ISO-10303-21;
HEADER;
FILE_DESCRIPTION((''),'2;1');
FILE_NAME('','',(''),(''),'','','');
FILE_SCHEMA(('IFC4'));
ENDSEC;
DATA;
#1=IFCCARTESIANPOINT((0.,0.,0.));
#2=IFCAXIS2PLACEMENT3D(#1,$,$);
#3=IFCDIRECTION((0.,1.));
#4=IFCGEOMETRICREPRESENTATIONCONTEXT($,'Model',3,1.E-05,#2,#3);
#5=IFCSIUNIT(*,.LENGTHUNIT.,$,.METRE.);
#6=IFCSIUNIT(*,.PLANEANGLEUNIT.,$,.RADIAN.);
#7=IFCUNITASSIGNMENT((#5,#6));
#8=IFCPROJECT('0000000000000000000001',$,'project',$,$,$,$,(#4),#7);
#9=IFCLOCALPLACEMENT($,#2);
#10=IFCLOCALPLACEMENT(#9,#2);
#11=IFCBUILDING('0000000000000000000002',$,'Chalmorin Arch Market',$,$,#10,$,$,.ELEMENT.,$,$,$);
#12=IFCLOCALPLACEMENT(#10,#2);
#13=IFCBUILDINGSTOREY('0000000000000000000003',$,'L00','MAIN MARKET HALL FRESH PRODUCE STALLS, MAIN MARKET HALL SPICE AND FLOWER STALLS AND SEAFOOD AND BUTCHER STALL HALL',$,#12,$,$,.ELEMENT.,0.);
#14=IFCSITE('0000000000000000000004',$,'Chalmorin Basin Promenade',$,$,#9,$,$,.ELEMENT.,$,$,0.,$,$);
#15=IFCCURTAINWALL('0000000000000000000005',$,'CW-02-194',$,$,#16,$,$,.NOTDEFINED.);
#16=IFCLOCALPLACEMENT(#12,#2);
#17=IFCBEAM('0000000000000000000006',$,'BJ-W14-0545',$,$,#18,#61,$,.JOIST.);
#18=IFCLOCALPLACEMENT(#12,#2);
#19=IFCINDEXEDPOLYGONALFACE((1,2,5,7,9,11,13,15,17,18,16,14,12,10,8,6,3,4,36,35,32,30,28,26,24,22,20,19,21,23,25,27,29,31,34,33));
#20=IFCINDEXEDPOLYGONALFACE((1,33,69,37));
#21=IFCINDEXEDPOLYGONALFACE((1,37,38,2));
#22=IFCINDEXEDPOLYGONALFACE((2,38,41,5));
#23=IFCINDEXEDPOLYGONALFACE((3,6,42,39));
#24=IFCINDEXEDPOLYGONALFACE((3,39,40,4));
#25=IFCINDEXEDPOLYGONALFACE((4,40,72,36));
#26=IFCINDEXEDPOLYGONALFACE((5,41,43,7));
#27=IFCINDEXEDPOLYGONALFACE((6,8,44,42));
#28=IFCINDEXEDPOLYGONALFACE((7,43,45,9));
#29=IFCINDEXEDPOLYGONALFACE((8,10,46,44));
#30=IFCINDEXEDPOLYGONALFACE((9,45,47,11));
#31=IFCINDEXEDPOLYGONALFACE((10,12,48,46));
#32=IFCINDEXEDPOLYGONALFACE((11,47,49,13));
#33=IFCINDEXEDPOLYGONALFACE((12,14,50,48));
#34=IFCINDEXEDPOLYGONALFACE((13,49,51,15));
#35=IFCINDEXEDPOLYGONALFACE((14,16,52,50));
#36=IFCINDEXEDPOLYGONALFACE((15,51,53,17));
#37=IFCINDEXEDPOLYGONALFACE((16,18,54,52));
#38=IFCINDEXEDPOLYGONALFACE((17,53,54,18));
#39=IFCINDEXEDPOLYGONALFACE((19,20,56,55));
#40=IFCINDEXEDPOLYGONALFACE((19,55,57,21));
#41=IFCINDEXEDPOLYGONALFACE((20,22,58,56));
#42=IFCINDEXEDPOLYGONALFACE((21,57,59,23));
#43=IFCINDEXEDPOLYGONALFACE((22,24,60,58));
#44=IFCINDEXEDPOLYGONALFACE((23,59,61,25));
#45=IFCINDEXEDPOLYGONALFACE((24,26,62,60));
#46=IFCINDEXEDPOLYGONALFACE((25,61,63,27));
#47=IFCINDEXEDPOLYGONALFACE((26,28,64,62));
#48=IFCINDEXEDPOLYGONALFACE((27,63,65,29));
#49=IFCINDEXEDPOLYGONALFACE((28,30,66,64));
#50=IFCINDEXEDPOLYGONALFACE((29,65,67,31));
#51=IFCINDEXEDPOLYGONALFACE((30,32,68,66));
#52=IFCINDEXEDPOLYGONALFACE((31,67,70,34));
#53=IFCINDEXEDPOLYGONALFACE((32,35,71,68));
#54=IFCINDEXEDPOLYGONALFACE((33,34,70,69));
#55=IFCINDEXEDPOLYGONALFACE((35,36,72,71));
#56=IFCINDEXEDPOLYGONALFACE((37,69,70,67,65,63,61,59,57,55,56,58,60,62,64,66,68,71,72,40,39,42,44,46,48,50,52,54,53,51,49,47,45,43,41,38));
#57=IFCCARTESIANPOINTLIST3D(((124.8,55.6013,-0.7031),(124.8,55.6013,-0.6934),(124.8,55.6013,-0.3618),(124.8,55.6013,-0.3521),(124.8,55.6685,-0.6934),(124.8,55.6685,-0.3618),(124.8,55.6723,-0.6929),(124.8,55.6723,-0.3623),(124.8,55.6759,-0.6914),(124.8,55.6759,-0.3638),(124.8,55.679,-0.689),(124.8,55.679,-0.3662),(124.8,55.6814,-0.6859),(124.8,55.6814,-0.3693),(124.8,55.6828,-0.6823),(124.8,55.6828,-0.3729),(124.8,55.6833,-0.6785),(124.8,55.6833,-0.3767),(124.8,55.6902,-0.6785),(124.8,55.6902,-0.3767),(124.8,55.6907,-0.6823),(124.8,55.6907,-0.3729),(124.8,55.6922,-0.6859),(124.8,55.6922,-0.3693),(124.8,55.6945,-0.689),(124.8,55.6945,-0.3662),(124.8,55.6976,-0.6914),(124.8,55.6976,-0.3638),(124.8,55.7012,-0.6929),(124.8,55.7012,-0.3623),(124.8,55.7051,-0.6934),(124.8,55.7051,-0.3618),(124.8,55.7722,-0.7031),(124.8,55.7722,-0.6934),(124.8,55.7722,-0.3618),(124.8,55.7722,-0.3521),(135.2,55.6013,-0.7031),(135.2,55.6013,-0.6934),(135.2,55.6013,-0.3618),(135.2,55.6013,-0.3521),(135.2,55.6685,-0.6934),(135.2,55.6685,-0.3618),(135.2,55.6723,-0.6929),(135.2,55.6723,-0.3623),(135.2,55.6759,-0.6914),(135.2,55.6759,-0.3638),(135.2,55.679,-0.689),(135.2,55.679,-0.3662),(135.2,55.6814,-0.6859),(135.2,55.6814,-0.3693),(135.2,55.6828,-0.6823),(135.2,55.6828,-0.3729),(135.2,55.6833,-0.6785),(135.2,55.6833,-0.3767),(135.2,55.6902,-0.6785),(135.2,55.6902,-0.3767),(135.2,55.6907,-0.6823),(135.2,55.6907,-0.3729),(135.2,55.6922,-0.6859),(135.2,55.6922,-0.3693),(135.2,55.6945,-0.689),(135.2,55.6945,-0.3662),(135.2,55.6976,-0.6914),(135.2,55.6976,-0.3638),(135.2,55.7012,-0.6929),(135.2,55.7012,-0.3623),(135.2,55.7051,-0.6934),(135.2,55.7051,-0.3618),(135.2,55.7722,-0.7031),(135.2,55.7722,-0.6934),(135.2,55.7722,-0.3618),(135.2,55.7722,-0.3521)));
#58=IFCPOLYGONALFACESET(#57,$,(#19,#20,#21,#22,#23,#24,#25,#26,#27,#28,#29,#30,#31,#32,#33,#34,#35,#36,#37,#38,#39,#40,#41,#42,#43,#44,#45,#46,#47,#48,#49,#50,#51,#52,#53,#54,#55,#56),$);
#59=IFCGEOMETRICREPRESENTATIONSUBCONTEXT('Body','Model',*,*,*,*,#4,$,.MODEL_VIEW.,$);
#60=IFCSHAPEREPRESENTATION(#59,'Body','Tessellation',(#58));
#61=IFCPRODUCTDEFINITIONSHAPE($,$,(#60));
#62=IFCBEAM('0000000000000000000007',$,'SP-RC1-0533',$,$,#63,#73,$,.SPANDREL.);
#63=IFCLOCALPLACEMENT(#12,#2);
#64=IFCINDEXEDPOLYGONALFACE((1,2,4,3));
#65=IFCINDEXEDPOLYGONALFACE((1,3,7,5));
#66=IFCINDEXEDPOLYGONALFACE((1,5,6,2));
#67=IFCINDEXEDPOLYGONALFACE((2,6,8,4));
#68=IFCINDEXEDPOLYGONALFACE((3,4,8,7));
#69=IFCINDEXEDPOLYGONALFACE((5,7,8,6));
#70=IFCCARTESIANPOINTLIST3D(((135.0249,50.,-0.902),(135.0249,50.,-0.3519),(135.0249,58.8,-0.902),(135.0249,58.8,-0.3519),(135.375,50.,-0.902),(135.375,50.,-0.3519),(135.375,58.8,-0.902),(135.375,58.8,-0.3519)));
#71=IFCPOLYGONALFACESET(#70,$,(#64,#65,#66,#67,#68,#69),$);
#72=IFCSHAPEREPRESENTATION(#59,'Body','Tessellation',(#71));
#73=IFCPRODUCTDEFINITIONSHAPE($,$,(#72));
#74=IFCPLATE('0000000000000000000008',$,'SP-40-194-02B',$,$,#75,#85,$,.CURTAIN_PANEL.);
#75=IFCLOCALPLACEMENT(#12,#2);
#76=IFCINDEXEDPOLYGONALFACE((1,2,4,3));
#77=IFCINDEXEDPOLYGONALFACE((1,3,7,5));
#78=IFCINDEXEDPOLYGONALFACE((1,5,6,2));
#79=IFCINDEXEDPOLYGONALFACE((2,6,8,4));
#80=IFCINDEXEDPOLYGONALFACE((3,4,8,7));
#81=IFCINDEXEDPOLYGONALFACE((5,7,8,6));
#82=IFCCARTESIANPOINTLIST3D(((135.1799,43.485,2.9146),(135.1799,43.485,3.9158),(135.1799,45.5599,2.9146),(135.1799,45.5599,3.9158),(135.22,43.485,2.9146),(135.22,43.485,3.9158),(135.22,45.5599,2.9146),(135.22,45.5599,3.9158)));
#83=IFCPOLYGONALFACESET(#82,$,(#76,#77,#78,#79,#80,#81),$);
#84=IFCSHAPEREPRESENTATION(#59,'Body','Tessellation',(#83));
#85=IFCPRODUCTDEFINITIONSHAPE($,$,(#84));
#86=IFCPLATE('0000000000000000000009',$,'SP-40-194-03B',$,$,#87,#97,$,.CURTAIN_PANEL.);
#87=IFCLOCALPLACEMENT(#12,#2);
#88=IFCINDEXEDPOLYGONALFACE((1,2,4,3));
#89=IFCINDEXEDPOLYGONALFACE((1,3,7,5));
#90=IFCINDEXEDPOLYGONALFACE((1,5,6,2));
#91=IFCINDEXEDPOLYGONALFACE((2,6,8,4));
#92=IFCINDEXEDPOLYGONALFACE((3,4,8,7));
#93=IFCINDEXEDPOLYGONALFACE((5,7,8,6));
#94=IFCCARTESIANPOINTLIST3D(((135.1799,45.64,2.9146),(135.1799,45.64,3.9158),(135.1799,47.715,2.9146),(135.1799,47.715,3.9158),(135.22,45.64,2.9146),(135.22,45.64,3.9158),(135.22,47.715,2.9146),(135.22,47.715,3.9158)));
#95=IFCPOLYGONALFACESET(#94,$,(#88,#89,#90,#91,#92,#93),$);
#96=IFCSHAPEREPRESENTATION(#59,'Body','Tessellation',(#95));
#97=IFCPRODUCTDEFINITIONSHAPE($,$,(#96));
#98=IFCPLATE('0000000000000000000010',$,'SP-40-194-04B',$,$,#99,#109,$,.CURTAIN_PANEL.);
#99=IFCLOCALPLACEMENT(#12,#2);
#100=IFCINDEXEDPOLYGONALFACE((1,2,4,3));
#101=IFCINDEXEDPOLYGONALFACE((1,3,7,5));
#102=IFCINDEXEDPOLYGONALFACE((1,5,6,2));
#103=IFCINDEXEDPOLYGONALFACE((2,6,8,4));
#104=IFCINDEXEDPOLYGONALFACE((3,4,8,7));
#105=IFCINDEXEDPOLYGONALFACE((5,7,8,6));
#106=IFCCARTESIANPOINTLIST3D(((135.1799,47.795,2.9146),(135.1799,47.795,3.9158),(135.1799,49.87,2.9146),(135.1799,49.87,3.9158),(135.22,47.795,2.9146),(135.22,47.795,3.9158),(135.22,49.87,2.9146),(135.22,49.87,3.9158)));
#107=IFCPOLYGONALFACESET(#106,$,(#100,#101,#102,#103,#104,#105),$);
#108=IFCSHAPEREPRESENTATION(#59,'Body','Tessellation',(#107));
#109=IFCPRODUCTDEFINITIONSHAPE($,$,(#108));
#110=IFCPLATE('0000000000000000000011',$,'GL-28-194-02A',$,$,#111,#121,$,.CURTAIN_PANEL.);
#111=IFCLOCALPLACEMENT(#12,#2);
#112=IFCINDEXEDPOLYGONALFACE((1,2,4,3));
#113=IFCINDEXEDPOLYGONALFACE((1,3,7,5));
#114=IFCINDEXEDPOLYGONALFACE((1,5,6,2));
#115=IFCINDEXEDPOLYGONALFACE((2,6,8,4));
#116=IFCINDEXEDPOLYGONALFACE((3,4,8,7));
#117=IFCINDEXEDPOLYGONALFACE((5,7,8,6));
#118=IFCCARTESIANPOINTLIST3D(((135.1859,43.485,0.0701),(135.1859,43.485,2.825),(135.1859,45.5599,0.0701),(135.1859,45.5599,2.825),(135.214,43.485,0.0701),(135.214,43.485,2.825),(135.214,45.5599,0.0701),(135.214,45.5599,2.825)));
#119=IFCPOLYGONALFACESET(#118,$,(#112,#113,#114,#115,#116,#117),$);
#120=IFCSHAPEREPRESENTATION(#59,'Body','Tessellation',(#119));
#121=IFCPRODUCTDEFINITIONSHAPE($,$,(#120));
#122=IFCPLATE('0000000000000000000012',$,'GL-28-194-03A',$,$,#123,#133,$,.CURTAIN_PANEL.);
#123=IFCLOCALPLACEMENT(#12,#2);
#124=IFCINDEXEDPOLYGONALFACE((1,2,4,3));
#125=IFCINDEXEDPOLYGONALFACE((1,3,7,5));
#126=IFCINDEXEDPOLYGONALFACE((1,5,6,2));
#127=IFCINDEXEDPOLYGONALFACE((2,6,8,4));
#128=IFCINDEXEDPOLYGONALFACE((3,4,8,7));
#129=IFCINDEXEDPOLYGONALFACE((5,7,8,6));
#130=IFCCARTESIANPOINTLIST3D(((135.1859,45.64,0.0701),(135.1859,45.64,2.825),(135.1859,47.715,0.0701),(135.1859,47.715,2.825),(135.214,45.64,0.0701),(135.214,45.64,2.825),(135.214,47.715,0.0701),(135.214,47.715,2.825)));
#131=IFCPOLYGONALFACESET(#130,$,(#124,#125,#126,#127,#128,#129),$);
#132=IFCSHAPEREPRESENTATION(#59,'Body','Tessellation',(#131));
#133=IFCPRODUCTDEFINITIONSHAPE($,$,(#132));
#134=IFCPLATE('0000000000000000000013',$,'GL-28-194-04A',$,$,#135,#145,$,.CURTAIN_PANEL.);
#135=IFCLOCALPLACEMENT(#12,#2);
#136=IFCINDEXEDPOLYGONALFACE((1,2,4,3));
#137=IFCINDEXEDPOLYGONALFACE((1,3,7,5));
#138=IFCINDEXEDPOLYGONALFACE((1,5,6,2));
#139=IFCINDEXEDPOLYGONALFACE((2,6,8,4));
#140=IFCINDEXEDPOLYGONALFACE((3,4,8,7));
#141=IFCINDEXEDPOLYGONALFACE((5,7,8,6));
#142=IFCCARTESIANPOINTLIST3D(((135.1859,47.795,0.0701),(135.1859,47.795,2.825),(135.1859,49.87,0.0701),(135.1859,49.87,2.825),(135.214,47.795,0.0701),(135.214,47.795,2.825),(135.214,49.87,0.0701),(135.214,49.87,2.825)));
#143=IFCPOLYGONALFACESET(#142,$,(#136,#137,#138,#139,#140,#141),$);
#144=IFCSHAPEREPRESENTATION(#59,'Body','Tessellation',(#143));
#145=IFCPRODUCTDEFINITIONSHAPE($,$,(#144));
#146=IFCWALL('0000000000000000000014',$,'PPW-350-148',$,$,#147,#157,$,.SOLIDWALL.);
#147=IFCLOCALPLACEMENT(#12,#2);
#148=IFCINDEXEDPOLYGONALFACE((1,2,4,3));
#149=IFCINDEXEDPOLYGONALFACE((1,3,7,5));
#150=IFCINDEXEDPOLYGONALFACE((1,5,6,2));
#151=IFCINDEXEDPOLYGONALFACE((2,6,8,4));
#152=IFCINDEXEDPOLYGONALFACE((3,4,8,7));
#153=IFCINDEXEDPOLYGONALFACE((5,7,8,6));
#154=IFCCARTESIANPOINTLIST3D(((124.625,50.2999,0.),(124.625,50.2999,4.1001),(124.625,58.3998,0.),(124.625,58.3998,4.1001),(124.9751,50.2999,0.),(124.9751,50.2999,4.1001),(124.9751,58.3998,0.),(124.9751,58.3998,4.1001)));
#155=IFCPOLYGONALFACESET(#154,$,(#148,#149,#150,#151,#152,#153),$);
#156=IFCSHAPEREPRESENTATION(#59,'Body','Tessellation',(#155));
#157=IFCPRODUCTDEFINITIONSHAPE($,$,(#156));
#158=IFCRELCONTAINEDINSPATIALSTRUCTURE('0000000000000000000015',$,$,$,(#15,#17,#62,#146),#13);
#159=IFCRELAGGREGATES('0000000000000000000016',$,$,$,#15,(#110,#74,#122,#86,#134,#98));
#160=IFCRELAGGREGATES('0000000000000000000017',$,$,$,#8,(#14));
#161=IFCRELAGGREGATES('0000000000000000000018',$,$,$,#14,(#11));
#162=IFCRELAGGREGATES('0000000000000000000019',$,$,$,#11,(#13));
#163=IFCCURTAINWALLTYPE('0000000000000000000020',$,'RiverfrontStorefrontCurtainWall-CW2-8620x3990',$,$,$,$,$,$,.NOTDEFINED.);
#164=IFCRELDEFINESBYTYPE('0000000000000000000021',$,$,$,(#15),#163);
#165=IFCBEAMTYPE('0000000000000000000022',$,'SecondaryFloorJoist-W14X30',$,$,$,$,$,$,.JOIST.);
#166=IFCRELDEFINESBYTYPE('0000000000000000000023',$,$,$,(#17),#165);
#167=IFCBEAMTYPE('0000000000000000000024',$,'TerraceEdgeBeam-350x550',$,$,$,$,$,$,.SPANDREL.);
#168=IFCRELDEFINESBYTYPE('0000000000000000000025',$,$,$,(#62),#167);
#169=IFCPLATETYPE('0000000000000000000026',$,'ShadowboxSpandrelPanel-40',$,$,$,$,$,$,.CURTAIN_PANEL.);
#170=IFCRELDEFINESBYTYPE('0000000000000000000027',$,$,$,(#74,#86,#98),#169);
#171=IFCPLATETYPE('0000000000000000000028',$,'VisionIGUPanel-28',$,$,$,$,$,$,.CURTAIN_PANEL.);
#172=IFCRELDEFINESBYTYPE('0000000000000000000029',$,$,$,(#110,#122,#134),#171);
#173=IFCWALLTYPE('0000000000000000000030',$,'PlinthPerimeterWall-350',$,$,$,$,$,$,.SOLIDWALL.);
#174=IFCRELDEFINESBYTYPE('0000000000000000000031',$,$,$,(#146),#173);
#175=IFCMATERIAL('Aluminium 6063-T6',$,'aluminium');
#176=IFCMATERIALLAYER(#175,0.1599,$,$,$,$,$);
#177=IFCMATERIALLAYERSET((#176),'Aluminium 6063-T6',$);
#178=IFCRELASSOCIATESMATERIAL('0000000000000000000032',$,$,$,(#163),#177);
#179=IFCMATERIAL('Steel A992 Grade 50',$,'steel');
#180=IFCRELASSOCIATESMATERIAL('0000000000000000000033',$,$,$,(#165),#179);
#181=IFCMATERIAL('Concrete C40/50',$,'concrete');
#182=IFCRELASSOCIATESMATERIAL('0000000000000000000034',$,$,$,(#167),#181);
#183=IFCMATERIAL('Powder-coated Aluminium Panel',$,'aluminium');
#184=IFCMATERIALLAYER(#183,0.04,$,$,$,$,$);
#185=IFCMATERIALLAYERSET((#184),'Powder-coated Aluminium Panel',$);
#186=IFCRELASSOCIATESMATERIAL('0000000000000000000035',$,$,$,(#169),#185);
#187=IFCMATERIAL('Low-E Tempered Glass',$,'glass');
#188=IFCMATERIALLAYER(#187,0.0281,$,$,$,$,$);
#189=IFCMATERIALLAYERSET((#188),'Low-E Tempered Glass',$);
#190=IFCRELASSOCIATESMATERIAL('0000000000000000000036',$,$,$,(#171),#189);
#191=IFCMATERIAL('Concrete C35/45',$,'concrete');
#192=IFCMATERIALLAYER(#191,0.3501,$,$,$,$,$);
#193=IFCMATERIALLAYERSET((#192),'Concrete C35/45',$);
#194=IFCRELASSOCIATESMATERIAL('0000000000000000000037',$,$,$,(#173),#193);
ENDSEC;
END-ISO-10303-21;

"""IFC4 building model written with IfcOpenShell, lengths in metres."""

from ifc_helpers import new_model, si_unit, direction, frame, frame_2d, origin, origin_2d, place, context, subcontext, project, spatial, rectangle, i_section, extrude, material, layer, layer_set, material_profile, profile_set, type_object, element, aggregate, save


model = new_model("IFC4")

# Units and contexts
model_context = context("Model", 3, precision=1e-05, world=origin(), true_north=direction((0.0, 1.0)))
body_context = subcontext(model_context, "Body", "Model", "MODEL_VIEW")
ifc_project = project(units=[si_unit("LENGTHUNIT", "METRE"), si_unit("PLANEANGLEUNIT", "RADIAN")], contexts=[model_context])

# Site, building, storey
site_placement = place(None, origin())
site = spatial("IfcSite", under=ifc_project, at=site_placement, Name="Chalmorin Basin Promenade", CompositionType="ELEMENT", RefElevation=0.0)
building_placement = place(site_placement, origin())
building = spatial("IfcBuilding", under=site, at=building_placement, Name="Chalmorin Arch Market", CompositionType="ELEMENT")
storey_placement = place(building_placement, origin())
storey = spatial("IfcBuildingStorey", under=building, at=storey_placement, Name="L00", Description="MAIN MARKET HALL FRESH PRODUCE STALLS, MAIN MARKET HALL SPICE AND FLOWER STALLS AND SEAFOOD AND BUTCHER STALL HALL", CompositionType="ELEMENT", Elevation=0.0)

# Shared definitions
ifc_material_1 = material(Name="Concrete C40/50", Category="concrete")

# Curtain wall
ifc_material_2 = material(Name="Aluminium 6063-T6", Category="aluminium")
ifc_layer_1 = layer(ifc_material_2, 0.1599)
ifc_layer_set_1 = layer_set([ifc_layer_1], Name="Aluminium 6063-T6")
curtain_wall_type = type_object("IfcCurtainWallType", Name="RiverfrontStorefrontCurtainWall-CW2-8620x3990", PredefinedType="NOTDEFINED", material=ifc_layer_set_1)
curtain_wall_placement = place(storey_placement, origin())
curtain_wall = element("IfcCurtainWall", 1, at=curtain_wall_placement, inside=storey, type_object=curtain_wall_type, Name="CW-02-194", PredefinedType="NOTDEFINED")

# Beams
ifc_material_3 = material(Name="Steel A992 Grade 50", Category="steel")
ifc_material_profile_1 = material_profile(ifc_material_3, i_section(OverallWidth=0.1709, OverallDepth=0.3511, WebThickness=0.0068, FlangeThickness=0.0098, FilletRadius=0.0149, at=origin_2d()), Name="W14X30")
ifc_profile_set_1 = profile_set([ifc_material_profile_1], Name="Steel A992 Grade 50")
beam_type_1 = type_object("IfcBeamType", Name="SecondaryFloorJoist-W14X30", PredefinedType="JOIST", material=ifc_profile_set_1)
for number, where, z_axis, x_axis, name in (
    (2, (124.8, 55.6868, -0.5276), (1.0, 0.0, 0.0), (0.0, 1.0, 0.0), "BJ-W14-0545"),
):
    element("IfcBeam", number, at=place(storey_placement, frame(where, z_axis=z_axis, x_axis=x_axis)), inside=storey, type_object=beam_type_1, Name=name, PredefinedType="JOIST", context=body_context, shape_type="SweptSolid", body=[
        extrude(i_section(OverallWidth=0.1709, OverallDepth=0.3511, WebThickness=0.0068, FlangeThickness=0.0098, FilletRadius=0.0149, at=origin_2d()), origin(), (0.0, 0.0, 1.0), 10.3999),
    ])
ifc_material_profile_2 = material_profile(ifc_material_1, rectangle(XDim=0.3501, YDim=0.55, at=origin_2d()), Name="RC350X550")
ifc_profile_set_2 = profile_set([ifc_material_profile_2], Name="Concrete C40/50")
beam_type_2 = type_object("IfcBeamType", Name="TerraceEdgeBeam-350x550", PredefinedType="SPANDREL", material=ifc_profile_set_2)
beam_1_placement = place(storey_placement, frame((135.2, 50.0, -0.627), z_axis=(0.0, 1.0, 0.0), x_axis=(-1.0, 0.0, 0.0)))
element("IfcBeam", 3, at=beam_1_placement, inside=storey, type_object=beam_type_2, Name="SP-RC1-0533", PredefinedType="SPANDREL", context=body_context, shape_type="SweptSolid", body=[
    extrude(rectangle(XDim=0.3501, YDim=0.55, at=origin_2d()), origin(), (0.0, 0.0, 1.0), 8.8),
])

# Plates
ifc_material_4 = material(Name="Powder-coated Aluminium Panel", Category="aluminium")
ifc_layer_2 = layer(ifc_material_4, 0.04)
ifc_layer_set_2 = layer_set([ifc_layer_2], Name="Powder-coated Aluminium Panel")
plate_type_1 = type_object("IfcPlateType", Name="ShadowboxSpandrelPanel-40", PredefinedType="CURTAIN_PANEL", material=ifc_layer_set_2)
plate_1_placement = place(storey_placement, frame((135.2, 44.5225, 2.9146), z_axis=(0.0, 0.0, 1.0), x_axis=(0.0, 1.0, 0.0)))
plate_1 = element("IfcPlate", 4, at=plate_1_placement, type_object=plate_type_1, Name="SP-40-194-02B", PredefinedType="CURTAIN_PANEL", context=body_context, shape_type="SweptSolid", body=[
    extrude(rectangle(XDim=2.075, YDim=0.04, at=origin_2d()), origin(), (0.0, 0.0, 1.0), 1.0012),
])
plate_2_placement = place(storey_placement, frame((135.2, 46.6775, 2.9146), z_axis=(0.0, 0.0, 1.0), x_axis=(0.0, 1.0, 0.0)))
plate_2 = element("IfcPlate", 5, at=plate_2_placement, type_object=plate_type_1, Name="SP-40-194-03B", PredefinedType="CURTAIN_PANEL", context=body_context, shape_type="SweptSolid", body=[
    extrude(rectangle(XDim=2.075, YDim=0.04, at=origin_2d()), origin(), (0.0, 0.0, 1.0), 1.0012),
])
plate_3_placement = place(storey_placement, frame((135.2, 48.8325, 2.9146), z_axis=(0.0, 0.0, 1.0), x_axis=(0.0, 1.0, 0.0)))
plate_3 = element("IfcPlate", 6, at=plate_3_placement, type_object=plate_type_1, Name="SP-40-194-04B", PredefinedType="CURTAIN_PANEL", context=body_context, shape_type="SweptSolid", body=[
    extrude(rectangle(XDim=2.075, YDim=0.04, at=origin_2d()), origin(), (0.0, 0.0, 1.0), 1.0012),
])
ifc_material_5 = material(Name="Low-E Tempered Glass", Category="glass")
ifc_layer_3 = layer(ifc_material_5, 0.0281)
ifc_layer_set_3 = layer_set([ifc_layer_3], Name="Low-E Tempered Glass")
plate_type_2 = type_object("IfcPlateType", Name="VisionIGUPanel-28", PredefinedType="CURTAIN_PANEL", material=ifc_layer_set_3)
plate_4_placement = place(storey_placement, frame((135.2, 44.5225, 0.0701), z_axis=(0.0, 0.0, 1.0), x_axis=(0.0, 1.0, 0.0)))
plate_4 = element("IfcPlate", 7, at=plate_4_placement, type_object=plate_type_2, Name="GL-28-194-02A", PredefinedType="CURTAIN_PANEL", context=body_context, shape_type="SweptSolid", body=[
    extrude(rectangle(XDim=2.075, YDim=0.0281, at=origin_2d()), origin(), (0.0, 0.0, 1.0), 2.7549),
])
plate_5_placement = place(storey_placement, frame((135.2, 46.6775, 0.0701), z_axis=(0.0, 0.0, 1.0), x_axis=(0.0, 1.0, 0.0)))
plate_5 = element("IfcPlate", 8, at=plate_5_placement, type_object=plate_type_2, Name="GL-28-194-03A", PredefinedType="CURTAIN_PANEL", context=body_context, shape_type="SweptSolid", body=[
    extrude(rectangle(XDim=2.075, YDim=0.0281, at=origin_2d()), origin(), (0.0, 0.0, 1.0), 2.7549),
])
plate_6_placement = place(storey_placement, frame((135.2, 48.8325, 0.0701), z_axis=(0.0, 0.0, 1.0), x_axis=(0.0, 1.0, 0.0)))
plate_6 = element("IfcPlate", 9, at=plate_6_placement, type_object=plate_type_2, Name="GL-28-194-04A", PredefinedType="CURTAIN_PANEL", context=body_context, shape_type="SweptSolid", body=[
    extrude(rectangle(XDim=2.075, YDim=0.0281, at=origin_2d()), origin(), (0.0, 0.0, 1.0), 2.7549),
])
aggregate(curtain_wall, [plate_4, plate_1, plate_5, plate_2, plate_6, plate_3])

# Wall
ifc_material_6 = material(Name="Concrete C35/45", Category="concrete")
ifc_layer_4 = layer(ifc_material_6, 0.3501)
ifc_layer_set_4 = layer_set([ifc_layer_4], Name="Concrete C35/45")
wall_type_1 = type_object("IfcWallType", Name="PlinthPerimeterWall-350", PredefinedType="SOLIDWALL", material=ifc_layer_set_4)
wall_1_placement = place(storey_placement, frame((124.8, 50.3, 0.0), z_axis=(0.0, 0.0, 1.0), x_axis=(0.0, 1.0, 0.0)))
element("IfcWall", 10, at=wall_1_placement, inside=storey, type_object=wall_type_1, Name="PPW-350-148", PredefinedType="SOLIDWALL", context=body_context, shape_type="SweptSolid", body=[
    extrude(rectangle(XDim=8.0999, YDim=0.3501, at=frame_2d((4.0498, 0.0))), origin(), (0.0, 0.0, 1.0), 4.1001),
])

save(model, "model.ifc")
